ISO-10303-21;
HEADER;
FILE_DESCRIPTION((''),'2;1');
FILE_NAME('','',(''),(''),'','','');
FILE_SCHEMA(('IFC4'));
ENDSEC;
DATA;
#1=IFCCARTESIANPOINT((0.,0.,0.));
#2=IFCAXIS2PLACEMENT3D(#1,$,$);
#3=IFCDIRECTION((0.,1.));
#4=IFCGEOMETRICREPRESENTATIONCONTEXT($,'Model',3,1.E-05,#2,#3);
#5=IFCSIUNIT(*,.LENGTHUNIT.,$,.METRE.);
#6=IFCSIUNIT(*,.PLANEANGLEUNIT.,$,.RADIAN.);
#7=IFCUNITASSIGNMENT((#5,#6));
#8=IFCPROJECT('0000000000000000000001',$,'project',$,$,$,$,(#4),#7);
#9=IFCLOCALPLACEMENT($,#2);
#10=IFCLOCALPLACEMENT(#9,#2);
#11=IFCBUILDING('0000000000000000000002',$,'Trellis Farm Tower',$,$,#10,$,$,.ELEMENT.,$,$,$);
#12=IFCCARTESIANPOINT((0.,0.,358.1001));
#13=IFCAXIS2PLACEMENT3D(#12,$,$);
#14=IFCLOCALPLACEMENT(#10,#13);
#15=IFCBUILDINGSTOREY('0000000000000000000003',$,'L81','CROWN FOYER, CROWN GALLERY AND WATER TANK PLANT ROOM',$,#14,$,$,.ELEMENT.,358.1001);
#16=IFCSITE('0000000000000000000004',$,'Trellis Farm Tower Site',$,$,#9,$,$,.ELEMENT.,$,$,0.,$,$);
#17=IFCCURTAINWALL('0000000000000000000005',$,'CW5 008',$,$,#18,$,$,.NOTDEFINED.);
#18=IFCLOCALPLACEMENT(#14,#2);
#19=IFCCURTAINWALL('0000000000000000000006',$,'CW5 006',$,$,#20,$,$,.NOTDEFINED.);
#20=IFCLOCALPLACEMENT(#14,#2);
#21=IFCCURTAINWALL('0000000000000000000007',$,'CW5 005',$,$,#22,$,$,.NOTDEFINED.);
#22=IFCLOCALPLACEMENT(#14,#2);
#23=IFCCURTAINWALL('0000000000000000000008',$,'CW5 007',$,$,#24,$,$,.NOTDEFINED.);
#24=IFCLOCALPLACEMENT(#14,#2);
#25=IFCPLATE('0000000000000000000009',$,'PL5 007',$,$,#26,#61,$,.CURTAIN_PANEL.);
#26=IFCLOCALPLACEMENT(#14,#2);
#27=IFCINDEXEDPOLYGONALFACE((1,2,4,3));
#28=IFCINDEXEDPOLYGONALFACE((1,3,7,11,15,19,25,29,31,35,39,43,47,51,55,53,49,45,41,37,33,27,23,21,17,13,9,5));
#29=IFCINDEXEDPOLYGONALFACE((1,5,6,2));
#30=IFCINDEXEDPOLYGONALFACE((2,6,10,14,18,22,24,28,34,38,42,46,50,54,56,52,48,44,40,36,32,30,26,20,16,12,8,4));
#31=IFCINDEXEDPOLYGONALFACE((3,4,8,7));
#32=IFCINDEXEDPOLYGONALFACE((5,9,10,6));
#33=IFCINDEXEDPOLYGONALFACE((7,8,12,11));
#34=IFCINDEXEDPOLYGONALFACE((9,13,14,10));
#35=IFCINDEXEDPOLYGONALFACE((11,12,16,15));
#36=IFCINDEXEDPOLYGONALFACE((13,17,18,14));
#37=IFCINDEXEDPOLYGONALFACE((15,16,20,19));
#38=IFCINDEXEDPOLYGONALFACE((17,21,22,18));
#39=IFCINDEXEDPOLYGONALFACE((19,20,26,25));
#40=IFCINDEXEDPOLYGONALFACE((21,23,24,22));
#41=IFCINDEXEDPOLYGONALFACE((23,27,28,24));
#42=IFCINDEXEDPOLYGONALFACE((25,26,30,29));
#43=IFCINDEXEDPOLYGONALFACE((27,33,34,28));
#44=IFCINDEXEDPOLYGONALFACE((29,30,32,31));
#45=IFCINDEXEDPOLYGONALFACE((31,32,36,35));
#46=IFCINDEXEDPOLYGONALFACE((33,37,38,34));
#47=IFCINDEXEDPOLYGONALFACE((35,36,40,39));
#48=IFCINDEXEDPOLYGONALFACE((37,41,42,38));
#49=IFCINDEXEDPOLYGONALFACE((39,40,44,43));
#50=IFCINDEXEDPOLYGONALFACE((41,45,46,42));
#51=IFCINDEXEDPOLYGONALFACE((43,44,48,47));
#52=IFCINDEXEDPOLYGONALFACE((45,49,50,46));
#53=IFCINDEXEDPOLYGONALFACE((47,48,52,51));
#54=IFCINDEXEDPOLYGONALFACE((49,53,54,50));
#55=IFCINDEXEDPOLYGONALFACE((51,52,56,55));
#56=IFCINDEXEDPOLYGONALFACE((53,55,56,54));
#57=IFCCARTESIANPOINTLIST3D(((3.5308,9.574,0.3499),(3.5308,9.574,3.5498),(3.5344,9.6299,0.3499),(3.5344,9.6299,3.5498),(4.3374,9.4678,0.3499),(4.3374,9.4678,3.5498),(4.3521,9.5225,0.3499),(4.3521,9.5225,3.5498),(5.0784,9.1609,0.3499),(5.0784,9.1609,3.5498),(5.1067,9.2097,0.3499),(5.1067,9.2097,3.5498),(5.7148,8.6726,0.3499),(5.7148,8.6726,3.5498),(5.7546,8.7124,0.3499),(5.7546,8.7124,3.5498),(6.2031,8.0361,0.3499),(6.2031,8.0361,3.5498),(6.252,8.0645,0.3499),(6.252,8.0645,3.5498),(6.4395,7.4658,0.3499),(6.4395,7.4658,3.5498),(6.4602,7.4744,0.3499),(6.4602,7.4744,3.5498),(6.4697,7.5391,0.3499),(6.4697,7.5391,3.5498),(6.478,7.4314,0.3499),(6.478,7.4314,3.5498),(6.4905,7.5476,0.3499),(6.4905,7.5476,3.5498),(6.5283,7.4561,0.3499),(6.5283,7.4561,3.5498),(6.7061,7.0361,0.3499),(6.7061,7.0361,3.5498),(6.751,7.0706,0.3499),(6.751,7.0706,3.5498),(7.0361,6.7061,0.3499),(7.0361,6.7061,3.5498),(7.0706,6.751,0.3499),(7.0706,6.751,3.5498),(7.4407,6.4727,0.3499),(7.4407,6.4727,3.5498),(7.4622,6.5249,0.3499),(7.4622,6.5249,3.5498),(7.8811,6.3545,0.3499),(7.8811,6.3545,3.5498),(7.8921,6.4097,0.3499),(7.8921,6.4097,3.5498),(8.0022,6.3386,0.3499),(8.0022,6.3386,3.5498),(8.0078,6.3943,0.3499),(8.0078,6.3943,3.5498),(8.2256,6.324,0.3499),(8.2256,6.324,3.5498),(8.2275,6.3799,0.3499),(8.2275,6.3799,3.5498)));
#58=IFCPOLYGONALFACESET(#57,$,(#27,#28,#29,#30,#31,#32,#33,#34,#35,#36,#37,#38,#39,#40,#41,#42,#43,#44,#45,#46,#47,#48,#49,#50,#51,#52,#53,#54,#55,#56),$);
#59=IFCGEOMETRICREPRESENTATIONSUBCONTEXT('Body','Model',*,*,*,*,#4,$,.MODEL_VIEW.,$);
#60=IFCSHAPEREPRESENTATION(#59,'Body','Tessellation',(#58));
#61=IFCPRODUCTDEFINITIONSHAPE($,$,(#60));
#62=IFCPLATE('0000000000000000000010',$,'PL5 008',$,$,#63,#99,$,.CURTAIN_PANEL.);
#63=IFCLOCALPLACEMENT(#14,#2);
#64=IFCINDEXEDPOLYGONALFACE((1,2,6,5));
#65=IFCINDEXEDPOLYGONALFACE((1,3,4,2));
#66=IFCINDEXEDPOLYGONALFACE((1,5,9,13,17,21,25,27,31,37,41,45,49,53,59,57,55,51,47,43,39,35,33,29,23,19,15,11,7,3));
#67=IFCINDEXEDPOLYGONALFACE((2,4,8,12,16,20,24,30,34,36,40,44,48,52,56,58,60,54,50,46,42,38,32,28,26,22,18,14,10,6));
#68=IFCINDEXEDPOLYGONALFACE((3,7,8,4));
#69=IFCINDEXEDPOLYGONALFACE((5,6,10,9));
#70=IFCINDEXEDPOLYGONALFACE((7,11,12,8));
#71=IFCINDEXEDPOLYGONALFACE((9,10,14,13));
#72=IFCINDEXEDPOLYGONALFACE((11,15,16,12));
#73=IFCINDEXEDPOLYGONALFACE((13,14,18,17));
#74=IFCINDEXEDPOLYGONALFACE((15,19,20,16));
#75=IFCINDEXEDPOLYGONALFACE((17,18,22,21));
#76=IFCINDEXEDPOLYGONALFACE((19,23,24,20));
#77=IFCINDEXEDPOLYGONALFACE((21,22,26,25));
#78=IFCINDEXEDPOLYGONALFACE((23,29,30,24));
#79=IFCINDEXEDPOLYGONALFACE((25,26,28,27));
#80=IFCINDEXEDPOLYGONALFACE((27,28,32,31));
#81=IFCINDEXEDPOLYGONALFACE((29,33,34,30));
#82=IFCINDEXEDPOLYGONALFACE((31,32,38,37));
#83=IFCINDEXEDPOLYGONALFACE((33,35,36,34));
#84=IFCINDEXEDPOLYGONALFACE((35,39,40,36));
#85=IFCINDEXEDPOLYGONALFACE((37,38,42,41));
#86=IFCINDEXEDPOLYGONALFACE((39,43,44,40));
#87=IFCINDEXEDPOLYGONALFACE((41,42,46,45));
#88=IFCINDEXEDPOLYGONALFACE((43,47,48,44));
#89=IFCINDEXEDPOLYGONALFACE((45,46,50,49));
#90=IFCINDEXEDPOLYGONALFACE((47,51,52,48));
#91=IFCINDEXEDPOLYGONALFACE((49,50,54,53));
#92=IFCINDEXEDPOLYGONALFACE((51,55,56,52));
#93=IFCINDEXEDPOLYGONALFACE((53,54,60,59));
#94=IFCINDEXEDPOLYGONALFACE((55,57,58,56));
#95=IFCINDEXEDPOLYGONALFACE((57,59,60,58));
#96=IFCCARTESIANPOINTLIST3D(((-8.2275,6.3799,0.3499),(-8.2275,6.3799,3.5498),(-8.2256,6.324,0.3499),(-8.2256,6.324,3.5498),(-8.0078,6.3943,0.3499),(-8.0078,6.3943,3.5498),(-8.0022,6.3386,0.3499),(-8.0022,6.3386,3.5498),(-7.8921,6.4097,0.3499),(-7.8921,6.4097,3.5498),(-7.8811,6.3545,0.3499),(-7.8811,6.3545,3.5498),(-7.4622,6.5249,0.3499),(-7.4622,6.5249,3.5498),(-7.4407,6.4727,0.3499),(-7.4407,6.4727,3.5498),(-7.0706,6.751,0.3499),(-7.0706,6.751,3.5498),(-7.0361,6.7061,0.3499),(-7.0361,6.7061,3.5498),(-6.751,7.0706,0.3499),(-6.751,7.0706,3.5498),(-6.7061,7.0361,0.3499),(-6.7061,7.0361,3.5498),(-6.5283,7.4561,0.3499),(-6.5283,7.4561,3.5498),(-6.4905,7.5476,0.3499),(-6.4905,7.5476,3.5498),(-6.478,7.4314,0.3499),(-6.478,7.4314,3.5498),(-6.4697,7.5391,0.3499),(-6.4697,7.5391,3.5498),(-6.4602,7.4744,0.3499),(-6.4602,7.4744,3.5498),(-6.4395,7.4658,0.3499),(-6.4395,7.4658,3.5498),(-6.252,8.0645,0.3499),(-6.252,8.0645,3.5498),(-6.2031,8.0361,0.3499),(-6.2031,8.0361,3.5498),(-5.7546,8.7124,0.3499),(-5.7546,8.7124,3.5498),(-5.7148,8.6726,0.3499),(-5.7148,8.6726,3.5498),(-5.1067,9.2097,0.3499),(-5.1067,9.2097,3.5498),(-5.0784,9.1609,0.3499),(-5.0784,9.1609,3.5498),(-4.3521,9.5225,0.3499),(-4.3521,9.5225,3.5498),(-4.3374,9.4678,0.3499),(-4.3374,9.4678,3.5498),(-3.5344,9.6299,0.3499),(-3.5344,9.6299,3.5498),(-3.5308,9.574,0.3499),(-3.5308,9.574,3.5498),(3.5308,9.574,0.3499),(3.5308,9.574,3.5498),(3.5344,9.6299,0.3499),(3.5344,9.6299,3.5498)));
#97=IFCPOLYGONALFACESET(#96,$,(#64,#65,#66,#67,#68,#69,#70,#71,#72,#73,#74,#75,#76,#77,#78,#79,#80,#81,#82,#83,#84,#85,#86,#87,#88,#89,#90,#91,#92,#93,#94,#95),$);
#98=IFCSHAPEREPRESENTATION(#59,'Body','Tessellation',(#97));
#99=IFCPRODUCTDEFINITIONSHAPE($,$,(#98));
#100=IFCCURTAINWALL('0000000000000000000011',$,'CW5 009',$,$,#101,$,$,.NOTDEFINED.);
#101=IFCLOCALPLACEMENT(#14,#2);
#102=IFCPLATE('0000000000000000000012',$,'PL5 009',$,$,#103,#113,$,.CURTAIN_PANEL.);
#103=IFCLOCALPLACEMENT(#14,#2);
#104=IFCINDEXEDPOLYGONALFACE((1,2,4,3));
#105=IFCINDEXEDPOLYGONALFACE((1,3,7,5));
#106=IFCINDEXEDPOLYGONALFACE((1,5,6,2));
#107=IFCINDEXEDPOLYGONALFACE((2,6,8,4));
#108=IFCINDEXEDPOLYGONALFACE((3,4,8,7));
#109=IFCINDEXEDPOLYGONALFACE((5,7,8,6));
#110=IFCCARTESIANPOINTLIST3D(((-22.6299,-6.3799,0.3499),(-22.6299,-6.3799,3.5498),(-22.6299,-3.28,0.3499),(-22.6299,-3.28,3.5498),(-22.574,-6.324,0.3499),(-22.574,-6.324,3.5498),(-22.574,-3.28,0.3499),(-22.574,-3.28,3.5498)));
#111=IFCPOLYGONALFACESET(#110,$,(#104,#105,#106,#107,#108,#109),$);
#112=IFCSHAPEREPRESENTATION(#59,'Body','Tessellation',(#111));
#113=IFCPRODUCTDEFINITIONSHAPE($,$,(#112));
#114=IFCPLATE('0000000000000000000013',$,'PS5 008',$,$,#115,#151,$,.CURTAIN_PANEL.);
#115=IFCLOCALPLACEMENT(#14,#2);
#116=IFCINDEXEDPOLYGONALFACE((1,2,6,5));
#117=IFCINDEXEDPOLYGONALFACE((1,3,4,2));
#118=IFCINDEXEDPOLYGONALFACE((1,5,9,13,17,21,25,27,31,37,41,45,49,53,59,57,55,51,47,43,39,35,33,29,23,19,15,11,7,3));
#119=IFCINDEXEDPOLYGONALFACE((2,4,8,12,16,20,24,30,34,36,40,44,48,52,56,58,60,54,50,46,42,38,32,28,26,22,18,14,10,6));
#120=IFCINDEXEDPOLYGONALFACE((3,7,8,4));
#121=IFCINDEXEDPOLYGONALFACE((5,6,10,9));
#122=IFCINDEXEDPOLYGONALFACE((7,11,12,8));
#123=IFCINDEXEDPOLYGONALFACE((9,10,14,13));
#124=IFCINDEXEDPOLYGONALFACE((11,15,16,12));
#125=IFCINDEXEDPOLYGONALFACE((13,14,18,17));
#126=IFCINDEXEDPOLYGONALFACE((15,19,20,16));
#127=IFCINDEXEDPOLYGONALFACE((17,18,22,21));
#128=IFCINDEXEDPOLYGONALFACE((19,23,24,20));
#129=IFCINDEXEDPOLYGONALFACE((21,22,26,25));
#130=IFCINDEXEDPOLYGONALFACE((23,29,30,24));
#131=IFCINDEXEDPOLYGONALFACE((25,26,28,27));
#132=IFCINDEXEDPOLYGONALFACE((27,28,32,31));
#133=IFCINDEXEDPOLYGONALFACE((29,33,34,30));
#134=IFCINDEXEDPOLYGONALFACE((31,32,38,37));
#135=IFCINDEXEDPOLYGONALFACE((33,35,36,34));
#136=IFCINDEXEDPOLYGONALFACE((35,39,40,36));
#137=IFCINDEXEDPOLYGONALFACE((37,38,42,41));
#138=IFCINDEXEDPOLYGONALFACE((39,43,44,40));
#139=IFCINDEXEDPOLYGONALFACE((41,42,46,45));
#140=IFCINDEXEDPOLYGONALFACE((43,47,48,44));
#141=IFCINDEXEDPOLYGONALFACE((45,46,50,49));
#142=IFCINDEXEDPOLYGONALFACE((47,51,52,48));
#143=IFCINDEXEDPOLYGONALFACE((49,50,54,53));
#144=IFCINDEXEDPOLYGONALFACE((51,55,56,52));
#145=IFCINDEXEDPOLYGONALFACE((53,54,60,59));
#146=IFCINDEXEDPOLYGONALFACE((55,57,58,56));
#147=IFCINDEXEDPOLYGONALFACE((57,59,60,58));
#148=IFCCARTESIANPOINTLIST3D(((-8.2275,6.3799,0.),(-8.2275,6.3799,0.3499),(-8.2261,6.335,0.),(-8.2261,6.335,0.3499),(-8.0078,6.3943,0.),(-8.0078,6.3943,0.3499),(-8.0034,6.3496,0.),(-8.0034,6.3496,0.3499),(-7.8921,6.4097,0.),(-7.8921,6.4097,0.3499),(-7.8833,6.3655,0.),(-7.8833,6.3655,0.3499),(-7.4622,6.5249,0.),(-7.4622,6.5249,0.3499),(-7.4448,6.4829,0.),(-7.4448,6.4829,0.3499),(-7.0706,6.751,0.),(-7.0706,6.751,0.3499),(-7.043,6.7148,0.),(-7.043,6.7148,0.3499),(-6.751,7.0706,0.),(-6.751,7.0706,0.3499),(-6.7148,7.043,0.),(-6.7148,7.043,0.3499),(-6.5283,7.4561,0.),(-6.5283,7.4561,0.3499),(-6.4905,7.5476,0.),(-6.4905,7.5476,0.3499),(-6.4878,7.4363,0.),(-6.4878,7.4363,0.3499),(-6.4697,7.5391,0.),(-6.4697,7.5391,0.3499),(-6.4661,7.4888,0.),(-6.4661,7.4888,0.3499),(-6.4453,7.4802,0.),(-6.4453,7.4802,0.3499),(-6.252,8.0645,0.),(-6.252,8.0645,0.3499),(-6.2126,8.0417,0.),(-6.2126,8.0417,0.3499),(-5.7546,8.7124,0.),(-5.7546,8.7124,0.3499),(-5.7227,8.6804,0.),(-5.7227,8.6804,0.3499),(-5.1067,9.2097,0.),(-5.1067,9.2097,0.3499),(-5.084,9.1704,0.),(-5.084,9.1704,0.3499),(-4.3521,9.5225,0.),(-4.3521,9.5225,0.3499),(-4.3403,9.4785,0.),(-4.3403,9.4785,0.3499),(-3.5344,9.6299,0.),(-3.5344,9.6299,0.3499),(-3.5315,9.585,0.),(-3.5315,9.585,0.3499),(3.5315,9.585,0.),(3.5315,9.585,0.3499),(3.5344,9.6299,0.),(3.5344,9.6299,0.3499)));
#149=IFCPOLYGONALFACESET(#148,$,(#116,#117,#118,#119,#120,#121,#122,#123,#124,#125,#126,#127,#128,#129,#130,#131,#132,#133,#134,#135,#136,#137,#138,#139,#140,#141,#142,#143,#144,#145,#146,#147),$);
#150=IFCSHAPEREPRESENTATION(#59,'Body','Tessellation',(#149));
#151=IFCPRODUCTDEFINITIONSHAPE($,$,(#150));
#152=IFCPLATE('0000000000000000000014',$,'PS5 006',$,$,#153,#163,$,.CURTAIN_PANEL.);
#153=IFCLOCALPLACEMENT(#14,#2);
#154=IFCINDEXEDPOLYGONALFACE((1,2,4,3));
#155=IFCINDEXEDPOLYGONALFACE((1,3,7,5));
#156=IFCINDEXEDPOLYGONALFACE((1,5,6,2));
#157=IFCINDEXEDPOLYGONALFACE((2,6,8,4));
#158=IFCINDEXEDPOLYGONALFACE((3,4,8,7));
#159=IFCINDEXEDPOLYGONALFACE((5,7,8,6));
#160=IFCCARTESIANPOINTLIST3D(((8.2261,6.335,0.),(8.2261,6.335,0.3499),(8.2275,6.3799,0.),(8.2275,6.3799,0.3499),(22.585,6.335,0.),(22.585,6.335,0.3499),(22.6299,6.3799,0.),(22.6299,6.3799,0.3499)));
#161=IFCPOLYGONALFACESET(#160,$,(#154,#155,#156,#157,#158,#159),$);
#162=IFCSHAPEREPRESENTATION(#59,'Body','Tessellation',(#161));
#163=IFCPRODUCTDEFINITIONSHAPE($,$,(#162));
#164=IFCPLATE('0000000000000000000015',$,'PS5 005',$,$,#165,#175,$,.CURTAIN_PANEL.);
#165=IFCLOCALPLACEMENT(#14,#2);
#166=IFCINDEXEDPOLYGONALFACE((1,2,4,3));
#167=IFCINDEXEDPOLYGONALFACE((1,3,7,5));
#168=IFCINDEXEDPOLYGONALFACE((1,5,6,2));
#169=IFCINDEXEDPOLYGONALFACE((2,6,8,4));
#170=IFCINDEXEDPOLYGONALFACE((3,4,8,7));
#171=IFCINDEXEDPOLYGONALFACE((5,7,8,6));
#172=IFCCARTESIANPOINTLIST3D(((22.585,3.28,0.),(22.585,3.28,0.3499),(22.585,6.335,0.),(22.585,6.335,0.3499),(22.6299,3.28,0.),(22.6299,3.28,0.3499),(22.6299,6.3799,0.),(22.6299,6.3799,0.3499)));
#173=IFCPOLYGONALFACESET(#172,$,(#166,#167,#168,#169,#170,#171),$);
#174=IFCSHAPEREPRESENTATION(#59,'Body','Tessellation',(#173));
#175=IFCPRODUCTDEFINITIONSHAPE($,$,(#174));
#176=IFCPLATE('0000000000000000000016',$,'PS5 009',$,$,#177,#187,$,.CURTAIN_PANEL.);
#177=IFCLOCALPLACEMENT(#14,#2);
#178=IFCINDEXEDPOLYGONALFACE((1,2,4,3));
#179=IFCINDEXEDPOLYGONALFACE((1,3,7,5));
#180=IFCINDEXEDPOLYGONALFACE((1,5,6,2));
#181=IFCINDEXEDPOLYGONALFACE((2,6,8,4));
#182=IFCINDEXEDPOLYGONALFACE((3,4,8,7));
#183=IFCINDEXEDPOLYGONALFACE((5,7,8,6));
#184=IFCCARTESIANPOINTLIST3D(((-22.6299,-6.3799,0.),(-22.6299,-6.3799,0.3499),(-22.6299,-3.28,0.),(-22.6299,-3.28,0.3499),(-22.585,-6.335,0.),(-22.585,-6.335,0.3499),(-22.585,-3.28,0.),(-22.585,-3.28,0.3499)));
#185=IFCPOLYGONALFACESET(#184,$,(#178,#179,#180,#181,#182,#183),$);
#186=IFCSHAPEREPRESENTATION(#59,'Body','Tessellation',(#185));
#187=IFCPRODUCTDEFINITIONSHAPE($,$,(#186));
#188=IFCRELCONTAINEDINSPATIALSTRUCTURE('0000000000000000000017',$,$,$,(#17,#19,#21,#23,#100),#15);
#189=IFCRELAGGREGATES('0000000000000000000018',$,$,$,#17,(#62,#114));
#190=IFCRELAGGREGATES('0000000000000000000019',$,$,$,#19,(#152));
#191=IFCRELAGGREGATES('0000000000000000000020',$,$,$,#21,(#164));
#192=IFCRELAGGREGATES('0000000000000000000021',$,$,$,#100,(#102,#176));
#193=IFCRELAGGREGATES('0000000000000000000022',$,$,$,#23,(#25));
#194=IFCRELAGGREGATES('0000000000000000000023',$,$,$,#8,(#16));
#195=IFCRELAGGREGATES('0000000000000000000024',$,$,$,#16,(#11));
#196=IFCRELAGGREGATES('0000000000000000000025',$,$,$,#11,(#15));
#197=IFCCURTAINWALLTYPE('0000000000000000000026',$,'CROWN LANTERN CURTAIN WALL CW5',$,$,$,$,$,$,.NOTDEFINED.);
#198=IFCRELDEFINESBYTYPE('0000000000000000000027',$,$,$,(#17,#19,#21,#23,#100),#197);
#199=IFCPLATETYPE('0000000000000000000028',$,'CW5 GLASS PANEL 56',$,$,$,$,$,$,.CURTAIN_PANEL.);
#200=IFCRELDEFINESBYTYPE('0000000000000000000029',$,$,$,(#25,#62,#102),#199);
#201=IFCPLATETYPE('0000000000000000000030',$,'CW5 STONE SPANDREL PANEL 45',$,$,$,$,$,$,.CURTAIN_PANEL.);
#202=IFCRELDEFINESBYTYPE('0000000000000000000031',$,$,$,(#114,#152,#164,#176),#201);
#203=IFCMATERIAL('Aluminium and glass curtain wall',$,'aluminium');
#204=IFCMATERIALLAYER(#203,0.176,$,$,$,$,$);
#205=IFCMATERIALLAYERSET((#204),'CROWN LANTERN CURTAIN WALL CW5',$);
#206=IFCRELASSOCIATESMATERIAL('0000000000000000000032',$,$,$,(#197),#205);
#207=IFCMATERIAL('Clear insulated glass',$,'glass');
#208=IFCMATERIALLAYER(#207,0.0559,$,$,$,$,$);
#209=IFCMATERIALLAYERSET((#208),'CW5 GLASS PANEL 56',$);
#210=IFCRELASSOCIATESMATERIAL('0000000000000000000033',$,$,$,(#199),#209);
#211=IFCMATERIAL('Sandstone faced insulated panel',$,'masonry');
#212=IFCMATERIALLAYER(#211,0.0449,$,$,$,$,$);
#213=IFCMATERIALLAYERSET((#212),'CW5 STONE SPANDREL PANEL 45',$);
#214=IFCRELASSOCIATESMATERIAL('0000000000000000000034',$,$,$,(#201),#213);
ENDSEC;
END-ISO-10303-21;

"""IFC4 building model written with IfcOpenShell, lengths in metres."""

from ifc_helpers import new_model, si_unit, direction, frame, origin, place, context, subcontext, project, spatial, polyline, outline, extrude, source, transform, mapped, material, layer, layer_set, type_object, element, aggregate, save


model = new_model("IFC4")

# Units and contexts
model_context = context("Model", 3, precision=1e-05, world=origin(), true_north=direction((0.0, 1.0)))
body_context = subcontext(model_context, "Body", "Model", "MODEL_VIEW")
ifc_project = project(units=[si_unit("LENGTHUNIT", "METRE"), si_unit("PLANEANGLEUNIT", "RADIAN")], contexts=[model_context])

# Site, building, storey
site_placement = place(None, origin())
site = spatial("IfcSite", under=ifc_project, at=site_placement, Name="Trellis Farm Tower Site", CompositionType="ELEMENT", RefElevation=0.0)
building_placement = place(site_placement, origin())
building = spatial("IfcBuilding", under=site, at=building_placement, Name="Trellis Farm Tower", CompositionType="ELEMENT")
storey_placement = place(building_placement, frame((0.0, 0.0, 358.1001)))
storey = spatial("IfcBuildingStorey", under=building, at=storey_placement, Name="L81", Description="CROWN FOYER, CROWN GALLERY AND WATER TANK PLANT ROOM", CompositionType="ELEMENT", Elevation=358.1001)

# Curtain wall
ifc_material_1 = material(Name="Aluminium and glass curtain wall", Category="aluminium")
ifc_layer_1 = layer(ifc_material_1, 0.176)
ifc_layer_set_1 = layer_set([ifc_layer_1], Name="CROWN LANTERN CURTAIN WALL CW5")
curtain_wall_type = type_object("IfcCurtainWallType", Name="CROWN LANTERN CURTAIN WALL CW5", PredefinedType="NOTDEFINED", material=ifc_layer_set_1)
placement_1 = place(storey_placement, origin())
curtain_wall_1 = element("IfcCurtainWall", 1, at=placement_1, inside=storey, type_object=curtain_wall_type, Name="CW5 008", PredefinedType="NOTDEFINED")

# Curtain walls
curtain_wall_2 = element("IfcCurtainWall", 2, at=placement_1, inside=storey, type_object=curtain_wall_type, Name="CW5 006", PredefinedType="NOTDEFINED")
curtain_wall_3 = element("IfcCurtainWall", 3, at=placement_1, inside=storey, type_object=curtain_wall_type, Name="CW5 005", PredefinedType="NOTDEFINED")
curtain_wall_4 = element("IfcCurtainWall", 4, at=placement_1, inside=storey, type_object=curtain_wall_type, Name="CW5 007", PredefinedType="NOTDEFINED")

# Plates
ifc_material_2 = material(Name="Clear insulated glass", Category="glass")
ifc_layer_2 = layer(ifc_material_2, 0.0559)
ifc_layer_set_2 = layer_set([ifc_layer_2], Name="CW5 GLASS PANEL 56")
plate_type_1 = type_object("IfcPlateType", Name="CW5 GLASS PANEL 56", PredefinedType="CURTAIN_PANEL", material=ifc_layer_set_2)
placement_2 = place(storey_placement, frame((0.0, 0.0, 0.3499)))
plate_1 = element("IfcPlate", 5, at=placement_2, type_object=plate_type_1, Name="PL5 007", PredefinedType="CURTAIN_PANEL", context=body_context, shape_type="SweptSolid", body=[
    extrude(outline(polyline([(8.2275, 6.3799), (8.0078, 6.3943), (7.8921, 6.4097), (7.4622, 6.5249), (7.0706, 6.751), (6.751, 7.0706), (6.5283, 7.4561), (6.4905, 7.5476), (6.4697, 7.5391), (6.252, 8.0645), (5.7546, 8.7124), (5.1067, 9.2097), (4.3521, 9.5225), (3.5344, 9.6299), (3.5308, 9.574), (4.3374, 9.4678), (5.0784, 9.1609), (5.7148, 8.6726), (6.2031, 8.0361), (6.4395, 7.4658), (6.4602, 7.4744), (6.478, 7.4314), (6.7061, 7.0361), (7.0361, 6.7061), (7.4407, 6.4727), (7.8811, 6.3545), (8.0022, 6.3386), (8.2256, 6.324), (8.2275, 6.3799)])), origin(), (0.0, 0.0, 1.0), 3.2),
])
plate_2 = element("IfcPlate", 6, at=placement_2, type_object=plate_type_1, Name="PL5 008", PredefinedType="CURTAIN_PANEL", context=body_context, shape_type="SweptSolid", body=[
    extrude(outline(polyline([(3.5344, 9.6299), (-3.5344, 9.6299), (-4.3521, 9.5225), (-5.1067, 9.2097), (-5.7546, 8.7124), (-6.252, 8.0645), (-6.4697, 7.5391), (-6.4905, 7.5476), (-6.5283, 7.4561), (-6.751, 7.0706), (-7.0706, 6.751), (-7.4622, 6.5249), (-7.8921, 6.4097), (-8.0078, 6.3943), (-8.2275, 6.3799), (-8.2256, 6.324), (-8.0022, 6.3386), (-7.8811, 6.3545), (-7.4407, 6.4727), (-7.0361, 6.7061), (-6.7061, 7.0361), (-6.478, 7.4314), (-6.4602, 7.4744), (-6.4395, 7.4658), (-6.2031, 8.0361), (-5.7148, 8.6726), (-5.0784, 9.1609), (-4.3374, 9.4678), (-3.5308, 9.574), (3.5308, 9.574), (3.5344, 9.6299)])), origin(), (0.0, 0.0, 1.0), 3.2),
])

# Curtain wall, plate
curtain_wall_5 = element("IfcCurtainWall", 7, at=placement_1, inside=storey, type_object=curtain_wall_type, Name="CW5 009", PredefinedType="NOTDEFINED")
plate_3 = element("IfcPlate", 8, at=placement_2, type_object=plate_type_1, Name="PL5 009", PredefinedType="CURTAIN_PANEL", context=body_context, shape_type="SweptSolid", body=[
    extrude(outline(polyline([(-22.6299, -3.28), (-22.6299, -6.3799), (-22.574, -6.324), (-22.574, -3.28), (-22.6299, -3.28)])), origin(), (0.0, 0.0, 1.0), 3.2),
])

# Plates
ifc_material_3 = material(Name="Sandstone faced insulated panel", Category="masonry")
ifc_layer_3 = layer(ifc_material_3, 0.0449)
ifc_layer_set_3 = layer_set([ifc_layer_3], Name="CW5 STONE SPANDREL PANEL 45")
plate_type_2 = type_object("IfcPlateType", Name="CW5 STONE SPANDREL PANEL 45", PredefinedType="CURTAIN_PANEL", material=ifc_layer_set_3)
plate_4 = element("IfcPlate", 9, at=placement_1, type_object=plate_type_2, Name="PS5 008", PredefinedType="CURTAIN_PANEL", context=body_context, shape_type="SweptSolid", body=[
    extrude(outline(polyline([(3.5344, 9.6299), (-3.5344, 9.6299), (-4.3521, 9.5225), (-5.1067, 9.2097), (-5.7546, 8.7124), (-6.252, 8.0645), (-6.4697, 7.5391), (-6.4905, 7.5476), (-6.5283, 7.4561), (-6.751, 7.0706), (-7.0706, 6.751), (-7.4622, 6.5249), (-7.8921, 6.4097), (-8.0078, 6.3943), (-8.2275, 6.3799), (-8.2261, 6.335), (-8.0034, 6.3496), (-7.8833, 6.3655), (-7.4448, 6.4829), (-7.043, 6.7148), (-6.7148, 7.043), (-6.4878, 7.4363), (-6.4661, 7.4888), (-6.4453, 7.4802), (-6.2126, 8.0417), (-5.7227, 8.6804), (-5.084, 9.1704), (-4.3403, 9.4785), (-3.5315, 9.585), (3.5315, 9.585), (3.5344, 9.6299)])), origin(), (0.0, 0.0, 1.0), 0.3499),
])
aggregate(curtain_wall_1, [plate_2, plate_4])
shared_shape_1 = source(origin(), body_context, "Body", "SweptSolid", [
    extrude(outline(polyline([(22.6299, 6.3799), (8.2275, 6.3799), (8.2261, 6.335), (22.585, 6.335), (22.6299, 6.3799)])), origin(), (0.0, 0.0, 1.0), 0.3499),
])
plate_5 = element("IfcPlate", 10, at=placement_1, type_object=plate_type_2, Name="PS5 006", PredefinedType="CURTAIN_PANEL", context=body_context, shape_type="MappedRepresentation", body=[
    mapped(shared_shape_1, transform((0.0, 0.0, 0.0))),
])
aggregate(curtain_wall_2, [plate_5])
shared_shape_2 = source(origin(), body_context, "Body", "SweptSolid", [
    extrude(outline(polyline([(22.6299, 3.28), (22.6299, 6.3799), (22.585, 6.335), (22.585, 3.28), (22.6299, 3.28)])), origin(), (0.0, 0.0, 1.0), 0.3499),
])
plate_6 = element("IfcPlate", 11, at=placement_1, type_object=plate_type_2, Name="PS5 005", PredefinedType="CURTAIN_PANEL", context=body_context, shape_type="MappedRepresentation", body=[
    mapped(shared_shape_2, transform((0.0, 0.0, 0.0))),
])
aggregate(curtain_wall_3, [plate_6])
shared_shape_3 = source(origin(), body_context, "Body", "SweptSolid", [
    extrude(outline(polyline([(-22.6299, -3.28), (-22.6299, -6.3799), (-22.585, -6.335), (-22.585, -3.28), (-22.6299, -3.28)])), origin(), (0.0, 0.0, 1.0), 0.3499),
])
plate_7 = element("IfcPlate", 12, at=placement_1, type_object=plate_type_2, Name="PS5 009", PredefinedType="CURTAIN_PANEL", context=body_context, shape_type="MappedRepresentation", body=[
    mapped(shared_shape_3, transform((0.0, 0.0, 0.0))),
])
aggregate(curtain_wall_5, [plate_3, plate_7])
aggregate(curtain_wall_4, [plate_1])

save(model, "model.ifc")
